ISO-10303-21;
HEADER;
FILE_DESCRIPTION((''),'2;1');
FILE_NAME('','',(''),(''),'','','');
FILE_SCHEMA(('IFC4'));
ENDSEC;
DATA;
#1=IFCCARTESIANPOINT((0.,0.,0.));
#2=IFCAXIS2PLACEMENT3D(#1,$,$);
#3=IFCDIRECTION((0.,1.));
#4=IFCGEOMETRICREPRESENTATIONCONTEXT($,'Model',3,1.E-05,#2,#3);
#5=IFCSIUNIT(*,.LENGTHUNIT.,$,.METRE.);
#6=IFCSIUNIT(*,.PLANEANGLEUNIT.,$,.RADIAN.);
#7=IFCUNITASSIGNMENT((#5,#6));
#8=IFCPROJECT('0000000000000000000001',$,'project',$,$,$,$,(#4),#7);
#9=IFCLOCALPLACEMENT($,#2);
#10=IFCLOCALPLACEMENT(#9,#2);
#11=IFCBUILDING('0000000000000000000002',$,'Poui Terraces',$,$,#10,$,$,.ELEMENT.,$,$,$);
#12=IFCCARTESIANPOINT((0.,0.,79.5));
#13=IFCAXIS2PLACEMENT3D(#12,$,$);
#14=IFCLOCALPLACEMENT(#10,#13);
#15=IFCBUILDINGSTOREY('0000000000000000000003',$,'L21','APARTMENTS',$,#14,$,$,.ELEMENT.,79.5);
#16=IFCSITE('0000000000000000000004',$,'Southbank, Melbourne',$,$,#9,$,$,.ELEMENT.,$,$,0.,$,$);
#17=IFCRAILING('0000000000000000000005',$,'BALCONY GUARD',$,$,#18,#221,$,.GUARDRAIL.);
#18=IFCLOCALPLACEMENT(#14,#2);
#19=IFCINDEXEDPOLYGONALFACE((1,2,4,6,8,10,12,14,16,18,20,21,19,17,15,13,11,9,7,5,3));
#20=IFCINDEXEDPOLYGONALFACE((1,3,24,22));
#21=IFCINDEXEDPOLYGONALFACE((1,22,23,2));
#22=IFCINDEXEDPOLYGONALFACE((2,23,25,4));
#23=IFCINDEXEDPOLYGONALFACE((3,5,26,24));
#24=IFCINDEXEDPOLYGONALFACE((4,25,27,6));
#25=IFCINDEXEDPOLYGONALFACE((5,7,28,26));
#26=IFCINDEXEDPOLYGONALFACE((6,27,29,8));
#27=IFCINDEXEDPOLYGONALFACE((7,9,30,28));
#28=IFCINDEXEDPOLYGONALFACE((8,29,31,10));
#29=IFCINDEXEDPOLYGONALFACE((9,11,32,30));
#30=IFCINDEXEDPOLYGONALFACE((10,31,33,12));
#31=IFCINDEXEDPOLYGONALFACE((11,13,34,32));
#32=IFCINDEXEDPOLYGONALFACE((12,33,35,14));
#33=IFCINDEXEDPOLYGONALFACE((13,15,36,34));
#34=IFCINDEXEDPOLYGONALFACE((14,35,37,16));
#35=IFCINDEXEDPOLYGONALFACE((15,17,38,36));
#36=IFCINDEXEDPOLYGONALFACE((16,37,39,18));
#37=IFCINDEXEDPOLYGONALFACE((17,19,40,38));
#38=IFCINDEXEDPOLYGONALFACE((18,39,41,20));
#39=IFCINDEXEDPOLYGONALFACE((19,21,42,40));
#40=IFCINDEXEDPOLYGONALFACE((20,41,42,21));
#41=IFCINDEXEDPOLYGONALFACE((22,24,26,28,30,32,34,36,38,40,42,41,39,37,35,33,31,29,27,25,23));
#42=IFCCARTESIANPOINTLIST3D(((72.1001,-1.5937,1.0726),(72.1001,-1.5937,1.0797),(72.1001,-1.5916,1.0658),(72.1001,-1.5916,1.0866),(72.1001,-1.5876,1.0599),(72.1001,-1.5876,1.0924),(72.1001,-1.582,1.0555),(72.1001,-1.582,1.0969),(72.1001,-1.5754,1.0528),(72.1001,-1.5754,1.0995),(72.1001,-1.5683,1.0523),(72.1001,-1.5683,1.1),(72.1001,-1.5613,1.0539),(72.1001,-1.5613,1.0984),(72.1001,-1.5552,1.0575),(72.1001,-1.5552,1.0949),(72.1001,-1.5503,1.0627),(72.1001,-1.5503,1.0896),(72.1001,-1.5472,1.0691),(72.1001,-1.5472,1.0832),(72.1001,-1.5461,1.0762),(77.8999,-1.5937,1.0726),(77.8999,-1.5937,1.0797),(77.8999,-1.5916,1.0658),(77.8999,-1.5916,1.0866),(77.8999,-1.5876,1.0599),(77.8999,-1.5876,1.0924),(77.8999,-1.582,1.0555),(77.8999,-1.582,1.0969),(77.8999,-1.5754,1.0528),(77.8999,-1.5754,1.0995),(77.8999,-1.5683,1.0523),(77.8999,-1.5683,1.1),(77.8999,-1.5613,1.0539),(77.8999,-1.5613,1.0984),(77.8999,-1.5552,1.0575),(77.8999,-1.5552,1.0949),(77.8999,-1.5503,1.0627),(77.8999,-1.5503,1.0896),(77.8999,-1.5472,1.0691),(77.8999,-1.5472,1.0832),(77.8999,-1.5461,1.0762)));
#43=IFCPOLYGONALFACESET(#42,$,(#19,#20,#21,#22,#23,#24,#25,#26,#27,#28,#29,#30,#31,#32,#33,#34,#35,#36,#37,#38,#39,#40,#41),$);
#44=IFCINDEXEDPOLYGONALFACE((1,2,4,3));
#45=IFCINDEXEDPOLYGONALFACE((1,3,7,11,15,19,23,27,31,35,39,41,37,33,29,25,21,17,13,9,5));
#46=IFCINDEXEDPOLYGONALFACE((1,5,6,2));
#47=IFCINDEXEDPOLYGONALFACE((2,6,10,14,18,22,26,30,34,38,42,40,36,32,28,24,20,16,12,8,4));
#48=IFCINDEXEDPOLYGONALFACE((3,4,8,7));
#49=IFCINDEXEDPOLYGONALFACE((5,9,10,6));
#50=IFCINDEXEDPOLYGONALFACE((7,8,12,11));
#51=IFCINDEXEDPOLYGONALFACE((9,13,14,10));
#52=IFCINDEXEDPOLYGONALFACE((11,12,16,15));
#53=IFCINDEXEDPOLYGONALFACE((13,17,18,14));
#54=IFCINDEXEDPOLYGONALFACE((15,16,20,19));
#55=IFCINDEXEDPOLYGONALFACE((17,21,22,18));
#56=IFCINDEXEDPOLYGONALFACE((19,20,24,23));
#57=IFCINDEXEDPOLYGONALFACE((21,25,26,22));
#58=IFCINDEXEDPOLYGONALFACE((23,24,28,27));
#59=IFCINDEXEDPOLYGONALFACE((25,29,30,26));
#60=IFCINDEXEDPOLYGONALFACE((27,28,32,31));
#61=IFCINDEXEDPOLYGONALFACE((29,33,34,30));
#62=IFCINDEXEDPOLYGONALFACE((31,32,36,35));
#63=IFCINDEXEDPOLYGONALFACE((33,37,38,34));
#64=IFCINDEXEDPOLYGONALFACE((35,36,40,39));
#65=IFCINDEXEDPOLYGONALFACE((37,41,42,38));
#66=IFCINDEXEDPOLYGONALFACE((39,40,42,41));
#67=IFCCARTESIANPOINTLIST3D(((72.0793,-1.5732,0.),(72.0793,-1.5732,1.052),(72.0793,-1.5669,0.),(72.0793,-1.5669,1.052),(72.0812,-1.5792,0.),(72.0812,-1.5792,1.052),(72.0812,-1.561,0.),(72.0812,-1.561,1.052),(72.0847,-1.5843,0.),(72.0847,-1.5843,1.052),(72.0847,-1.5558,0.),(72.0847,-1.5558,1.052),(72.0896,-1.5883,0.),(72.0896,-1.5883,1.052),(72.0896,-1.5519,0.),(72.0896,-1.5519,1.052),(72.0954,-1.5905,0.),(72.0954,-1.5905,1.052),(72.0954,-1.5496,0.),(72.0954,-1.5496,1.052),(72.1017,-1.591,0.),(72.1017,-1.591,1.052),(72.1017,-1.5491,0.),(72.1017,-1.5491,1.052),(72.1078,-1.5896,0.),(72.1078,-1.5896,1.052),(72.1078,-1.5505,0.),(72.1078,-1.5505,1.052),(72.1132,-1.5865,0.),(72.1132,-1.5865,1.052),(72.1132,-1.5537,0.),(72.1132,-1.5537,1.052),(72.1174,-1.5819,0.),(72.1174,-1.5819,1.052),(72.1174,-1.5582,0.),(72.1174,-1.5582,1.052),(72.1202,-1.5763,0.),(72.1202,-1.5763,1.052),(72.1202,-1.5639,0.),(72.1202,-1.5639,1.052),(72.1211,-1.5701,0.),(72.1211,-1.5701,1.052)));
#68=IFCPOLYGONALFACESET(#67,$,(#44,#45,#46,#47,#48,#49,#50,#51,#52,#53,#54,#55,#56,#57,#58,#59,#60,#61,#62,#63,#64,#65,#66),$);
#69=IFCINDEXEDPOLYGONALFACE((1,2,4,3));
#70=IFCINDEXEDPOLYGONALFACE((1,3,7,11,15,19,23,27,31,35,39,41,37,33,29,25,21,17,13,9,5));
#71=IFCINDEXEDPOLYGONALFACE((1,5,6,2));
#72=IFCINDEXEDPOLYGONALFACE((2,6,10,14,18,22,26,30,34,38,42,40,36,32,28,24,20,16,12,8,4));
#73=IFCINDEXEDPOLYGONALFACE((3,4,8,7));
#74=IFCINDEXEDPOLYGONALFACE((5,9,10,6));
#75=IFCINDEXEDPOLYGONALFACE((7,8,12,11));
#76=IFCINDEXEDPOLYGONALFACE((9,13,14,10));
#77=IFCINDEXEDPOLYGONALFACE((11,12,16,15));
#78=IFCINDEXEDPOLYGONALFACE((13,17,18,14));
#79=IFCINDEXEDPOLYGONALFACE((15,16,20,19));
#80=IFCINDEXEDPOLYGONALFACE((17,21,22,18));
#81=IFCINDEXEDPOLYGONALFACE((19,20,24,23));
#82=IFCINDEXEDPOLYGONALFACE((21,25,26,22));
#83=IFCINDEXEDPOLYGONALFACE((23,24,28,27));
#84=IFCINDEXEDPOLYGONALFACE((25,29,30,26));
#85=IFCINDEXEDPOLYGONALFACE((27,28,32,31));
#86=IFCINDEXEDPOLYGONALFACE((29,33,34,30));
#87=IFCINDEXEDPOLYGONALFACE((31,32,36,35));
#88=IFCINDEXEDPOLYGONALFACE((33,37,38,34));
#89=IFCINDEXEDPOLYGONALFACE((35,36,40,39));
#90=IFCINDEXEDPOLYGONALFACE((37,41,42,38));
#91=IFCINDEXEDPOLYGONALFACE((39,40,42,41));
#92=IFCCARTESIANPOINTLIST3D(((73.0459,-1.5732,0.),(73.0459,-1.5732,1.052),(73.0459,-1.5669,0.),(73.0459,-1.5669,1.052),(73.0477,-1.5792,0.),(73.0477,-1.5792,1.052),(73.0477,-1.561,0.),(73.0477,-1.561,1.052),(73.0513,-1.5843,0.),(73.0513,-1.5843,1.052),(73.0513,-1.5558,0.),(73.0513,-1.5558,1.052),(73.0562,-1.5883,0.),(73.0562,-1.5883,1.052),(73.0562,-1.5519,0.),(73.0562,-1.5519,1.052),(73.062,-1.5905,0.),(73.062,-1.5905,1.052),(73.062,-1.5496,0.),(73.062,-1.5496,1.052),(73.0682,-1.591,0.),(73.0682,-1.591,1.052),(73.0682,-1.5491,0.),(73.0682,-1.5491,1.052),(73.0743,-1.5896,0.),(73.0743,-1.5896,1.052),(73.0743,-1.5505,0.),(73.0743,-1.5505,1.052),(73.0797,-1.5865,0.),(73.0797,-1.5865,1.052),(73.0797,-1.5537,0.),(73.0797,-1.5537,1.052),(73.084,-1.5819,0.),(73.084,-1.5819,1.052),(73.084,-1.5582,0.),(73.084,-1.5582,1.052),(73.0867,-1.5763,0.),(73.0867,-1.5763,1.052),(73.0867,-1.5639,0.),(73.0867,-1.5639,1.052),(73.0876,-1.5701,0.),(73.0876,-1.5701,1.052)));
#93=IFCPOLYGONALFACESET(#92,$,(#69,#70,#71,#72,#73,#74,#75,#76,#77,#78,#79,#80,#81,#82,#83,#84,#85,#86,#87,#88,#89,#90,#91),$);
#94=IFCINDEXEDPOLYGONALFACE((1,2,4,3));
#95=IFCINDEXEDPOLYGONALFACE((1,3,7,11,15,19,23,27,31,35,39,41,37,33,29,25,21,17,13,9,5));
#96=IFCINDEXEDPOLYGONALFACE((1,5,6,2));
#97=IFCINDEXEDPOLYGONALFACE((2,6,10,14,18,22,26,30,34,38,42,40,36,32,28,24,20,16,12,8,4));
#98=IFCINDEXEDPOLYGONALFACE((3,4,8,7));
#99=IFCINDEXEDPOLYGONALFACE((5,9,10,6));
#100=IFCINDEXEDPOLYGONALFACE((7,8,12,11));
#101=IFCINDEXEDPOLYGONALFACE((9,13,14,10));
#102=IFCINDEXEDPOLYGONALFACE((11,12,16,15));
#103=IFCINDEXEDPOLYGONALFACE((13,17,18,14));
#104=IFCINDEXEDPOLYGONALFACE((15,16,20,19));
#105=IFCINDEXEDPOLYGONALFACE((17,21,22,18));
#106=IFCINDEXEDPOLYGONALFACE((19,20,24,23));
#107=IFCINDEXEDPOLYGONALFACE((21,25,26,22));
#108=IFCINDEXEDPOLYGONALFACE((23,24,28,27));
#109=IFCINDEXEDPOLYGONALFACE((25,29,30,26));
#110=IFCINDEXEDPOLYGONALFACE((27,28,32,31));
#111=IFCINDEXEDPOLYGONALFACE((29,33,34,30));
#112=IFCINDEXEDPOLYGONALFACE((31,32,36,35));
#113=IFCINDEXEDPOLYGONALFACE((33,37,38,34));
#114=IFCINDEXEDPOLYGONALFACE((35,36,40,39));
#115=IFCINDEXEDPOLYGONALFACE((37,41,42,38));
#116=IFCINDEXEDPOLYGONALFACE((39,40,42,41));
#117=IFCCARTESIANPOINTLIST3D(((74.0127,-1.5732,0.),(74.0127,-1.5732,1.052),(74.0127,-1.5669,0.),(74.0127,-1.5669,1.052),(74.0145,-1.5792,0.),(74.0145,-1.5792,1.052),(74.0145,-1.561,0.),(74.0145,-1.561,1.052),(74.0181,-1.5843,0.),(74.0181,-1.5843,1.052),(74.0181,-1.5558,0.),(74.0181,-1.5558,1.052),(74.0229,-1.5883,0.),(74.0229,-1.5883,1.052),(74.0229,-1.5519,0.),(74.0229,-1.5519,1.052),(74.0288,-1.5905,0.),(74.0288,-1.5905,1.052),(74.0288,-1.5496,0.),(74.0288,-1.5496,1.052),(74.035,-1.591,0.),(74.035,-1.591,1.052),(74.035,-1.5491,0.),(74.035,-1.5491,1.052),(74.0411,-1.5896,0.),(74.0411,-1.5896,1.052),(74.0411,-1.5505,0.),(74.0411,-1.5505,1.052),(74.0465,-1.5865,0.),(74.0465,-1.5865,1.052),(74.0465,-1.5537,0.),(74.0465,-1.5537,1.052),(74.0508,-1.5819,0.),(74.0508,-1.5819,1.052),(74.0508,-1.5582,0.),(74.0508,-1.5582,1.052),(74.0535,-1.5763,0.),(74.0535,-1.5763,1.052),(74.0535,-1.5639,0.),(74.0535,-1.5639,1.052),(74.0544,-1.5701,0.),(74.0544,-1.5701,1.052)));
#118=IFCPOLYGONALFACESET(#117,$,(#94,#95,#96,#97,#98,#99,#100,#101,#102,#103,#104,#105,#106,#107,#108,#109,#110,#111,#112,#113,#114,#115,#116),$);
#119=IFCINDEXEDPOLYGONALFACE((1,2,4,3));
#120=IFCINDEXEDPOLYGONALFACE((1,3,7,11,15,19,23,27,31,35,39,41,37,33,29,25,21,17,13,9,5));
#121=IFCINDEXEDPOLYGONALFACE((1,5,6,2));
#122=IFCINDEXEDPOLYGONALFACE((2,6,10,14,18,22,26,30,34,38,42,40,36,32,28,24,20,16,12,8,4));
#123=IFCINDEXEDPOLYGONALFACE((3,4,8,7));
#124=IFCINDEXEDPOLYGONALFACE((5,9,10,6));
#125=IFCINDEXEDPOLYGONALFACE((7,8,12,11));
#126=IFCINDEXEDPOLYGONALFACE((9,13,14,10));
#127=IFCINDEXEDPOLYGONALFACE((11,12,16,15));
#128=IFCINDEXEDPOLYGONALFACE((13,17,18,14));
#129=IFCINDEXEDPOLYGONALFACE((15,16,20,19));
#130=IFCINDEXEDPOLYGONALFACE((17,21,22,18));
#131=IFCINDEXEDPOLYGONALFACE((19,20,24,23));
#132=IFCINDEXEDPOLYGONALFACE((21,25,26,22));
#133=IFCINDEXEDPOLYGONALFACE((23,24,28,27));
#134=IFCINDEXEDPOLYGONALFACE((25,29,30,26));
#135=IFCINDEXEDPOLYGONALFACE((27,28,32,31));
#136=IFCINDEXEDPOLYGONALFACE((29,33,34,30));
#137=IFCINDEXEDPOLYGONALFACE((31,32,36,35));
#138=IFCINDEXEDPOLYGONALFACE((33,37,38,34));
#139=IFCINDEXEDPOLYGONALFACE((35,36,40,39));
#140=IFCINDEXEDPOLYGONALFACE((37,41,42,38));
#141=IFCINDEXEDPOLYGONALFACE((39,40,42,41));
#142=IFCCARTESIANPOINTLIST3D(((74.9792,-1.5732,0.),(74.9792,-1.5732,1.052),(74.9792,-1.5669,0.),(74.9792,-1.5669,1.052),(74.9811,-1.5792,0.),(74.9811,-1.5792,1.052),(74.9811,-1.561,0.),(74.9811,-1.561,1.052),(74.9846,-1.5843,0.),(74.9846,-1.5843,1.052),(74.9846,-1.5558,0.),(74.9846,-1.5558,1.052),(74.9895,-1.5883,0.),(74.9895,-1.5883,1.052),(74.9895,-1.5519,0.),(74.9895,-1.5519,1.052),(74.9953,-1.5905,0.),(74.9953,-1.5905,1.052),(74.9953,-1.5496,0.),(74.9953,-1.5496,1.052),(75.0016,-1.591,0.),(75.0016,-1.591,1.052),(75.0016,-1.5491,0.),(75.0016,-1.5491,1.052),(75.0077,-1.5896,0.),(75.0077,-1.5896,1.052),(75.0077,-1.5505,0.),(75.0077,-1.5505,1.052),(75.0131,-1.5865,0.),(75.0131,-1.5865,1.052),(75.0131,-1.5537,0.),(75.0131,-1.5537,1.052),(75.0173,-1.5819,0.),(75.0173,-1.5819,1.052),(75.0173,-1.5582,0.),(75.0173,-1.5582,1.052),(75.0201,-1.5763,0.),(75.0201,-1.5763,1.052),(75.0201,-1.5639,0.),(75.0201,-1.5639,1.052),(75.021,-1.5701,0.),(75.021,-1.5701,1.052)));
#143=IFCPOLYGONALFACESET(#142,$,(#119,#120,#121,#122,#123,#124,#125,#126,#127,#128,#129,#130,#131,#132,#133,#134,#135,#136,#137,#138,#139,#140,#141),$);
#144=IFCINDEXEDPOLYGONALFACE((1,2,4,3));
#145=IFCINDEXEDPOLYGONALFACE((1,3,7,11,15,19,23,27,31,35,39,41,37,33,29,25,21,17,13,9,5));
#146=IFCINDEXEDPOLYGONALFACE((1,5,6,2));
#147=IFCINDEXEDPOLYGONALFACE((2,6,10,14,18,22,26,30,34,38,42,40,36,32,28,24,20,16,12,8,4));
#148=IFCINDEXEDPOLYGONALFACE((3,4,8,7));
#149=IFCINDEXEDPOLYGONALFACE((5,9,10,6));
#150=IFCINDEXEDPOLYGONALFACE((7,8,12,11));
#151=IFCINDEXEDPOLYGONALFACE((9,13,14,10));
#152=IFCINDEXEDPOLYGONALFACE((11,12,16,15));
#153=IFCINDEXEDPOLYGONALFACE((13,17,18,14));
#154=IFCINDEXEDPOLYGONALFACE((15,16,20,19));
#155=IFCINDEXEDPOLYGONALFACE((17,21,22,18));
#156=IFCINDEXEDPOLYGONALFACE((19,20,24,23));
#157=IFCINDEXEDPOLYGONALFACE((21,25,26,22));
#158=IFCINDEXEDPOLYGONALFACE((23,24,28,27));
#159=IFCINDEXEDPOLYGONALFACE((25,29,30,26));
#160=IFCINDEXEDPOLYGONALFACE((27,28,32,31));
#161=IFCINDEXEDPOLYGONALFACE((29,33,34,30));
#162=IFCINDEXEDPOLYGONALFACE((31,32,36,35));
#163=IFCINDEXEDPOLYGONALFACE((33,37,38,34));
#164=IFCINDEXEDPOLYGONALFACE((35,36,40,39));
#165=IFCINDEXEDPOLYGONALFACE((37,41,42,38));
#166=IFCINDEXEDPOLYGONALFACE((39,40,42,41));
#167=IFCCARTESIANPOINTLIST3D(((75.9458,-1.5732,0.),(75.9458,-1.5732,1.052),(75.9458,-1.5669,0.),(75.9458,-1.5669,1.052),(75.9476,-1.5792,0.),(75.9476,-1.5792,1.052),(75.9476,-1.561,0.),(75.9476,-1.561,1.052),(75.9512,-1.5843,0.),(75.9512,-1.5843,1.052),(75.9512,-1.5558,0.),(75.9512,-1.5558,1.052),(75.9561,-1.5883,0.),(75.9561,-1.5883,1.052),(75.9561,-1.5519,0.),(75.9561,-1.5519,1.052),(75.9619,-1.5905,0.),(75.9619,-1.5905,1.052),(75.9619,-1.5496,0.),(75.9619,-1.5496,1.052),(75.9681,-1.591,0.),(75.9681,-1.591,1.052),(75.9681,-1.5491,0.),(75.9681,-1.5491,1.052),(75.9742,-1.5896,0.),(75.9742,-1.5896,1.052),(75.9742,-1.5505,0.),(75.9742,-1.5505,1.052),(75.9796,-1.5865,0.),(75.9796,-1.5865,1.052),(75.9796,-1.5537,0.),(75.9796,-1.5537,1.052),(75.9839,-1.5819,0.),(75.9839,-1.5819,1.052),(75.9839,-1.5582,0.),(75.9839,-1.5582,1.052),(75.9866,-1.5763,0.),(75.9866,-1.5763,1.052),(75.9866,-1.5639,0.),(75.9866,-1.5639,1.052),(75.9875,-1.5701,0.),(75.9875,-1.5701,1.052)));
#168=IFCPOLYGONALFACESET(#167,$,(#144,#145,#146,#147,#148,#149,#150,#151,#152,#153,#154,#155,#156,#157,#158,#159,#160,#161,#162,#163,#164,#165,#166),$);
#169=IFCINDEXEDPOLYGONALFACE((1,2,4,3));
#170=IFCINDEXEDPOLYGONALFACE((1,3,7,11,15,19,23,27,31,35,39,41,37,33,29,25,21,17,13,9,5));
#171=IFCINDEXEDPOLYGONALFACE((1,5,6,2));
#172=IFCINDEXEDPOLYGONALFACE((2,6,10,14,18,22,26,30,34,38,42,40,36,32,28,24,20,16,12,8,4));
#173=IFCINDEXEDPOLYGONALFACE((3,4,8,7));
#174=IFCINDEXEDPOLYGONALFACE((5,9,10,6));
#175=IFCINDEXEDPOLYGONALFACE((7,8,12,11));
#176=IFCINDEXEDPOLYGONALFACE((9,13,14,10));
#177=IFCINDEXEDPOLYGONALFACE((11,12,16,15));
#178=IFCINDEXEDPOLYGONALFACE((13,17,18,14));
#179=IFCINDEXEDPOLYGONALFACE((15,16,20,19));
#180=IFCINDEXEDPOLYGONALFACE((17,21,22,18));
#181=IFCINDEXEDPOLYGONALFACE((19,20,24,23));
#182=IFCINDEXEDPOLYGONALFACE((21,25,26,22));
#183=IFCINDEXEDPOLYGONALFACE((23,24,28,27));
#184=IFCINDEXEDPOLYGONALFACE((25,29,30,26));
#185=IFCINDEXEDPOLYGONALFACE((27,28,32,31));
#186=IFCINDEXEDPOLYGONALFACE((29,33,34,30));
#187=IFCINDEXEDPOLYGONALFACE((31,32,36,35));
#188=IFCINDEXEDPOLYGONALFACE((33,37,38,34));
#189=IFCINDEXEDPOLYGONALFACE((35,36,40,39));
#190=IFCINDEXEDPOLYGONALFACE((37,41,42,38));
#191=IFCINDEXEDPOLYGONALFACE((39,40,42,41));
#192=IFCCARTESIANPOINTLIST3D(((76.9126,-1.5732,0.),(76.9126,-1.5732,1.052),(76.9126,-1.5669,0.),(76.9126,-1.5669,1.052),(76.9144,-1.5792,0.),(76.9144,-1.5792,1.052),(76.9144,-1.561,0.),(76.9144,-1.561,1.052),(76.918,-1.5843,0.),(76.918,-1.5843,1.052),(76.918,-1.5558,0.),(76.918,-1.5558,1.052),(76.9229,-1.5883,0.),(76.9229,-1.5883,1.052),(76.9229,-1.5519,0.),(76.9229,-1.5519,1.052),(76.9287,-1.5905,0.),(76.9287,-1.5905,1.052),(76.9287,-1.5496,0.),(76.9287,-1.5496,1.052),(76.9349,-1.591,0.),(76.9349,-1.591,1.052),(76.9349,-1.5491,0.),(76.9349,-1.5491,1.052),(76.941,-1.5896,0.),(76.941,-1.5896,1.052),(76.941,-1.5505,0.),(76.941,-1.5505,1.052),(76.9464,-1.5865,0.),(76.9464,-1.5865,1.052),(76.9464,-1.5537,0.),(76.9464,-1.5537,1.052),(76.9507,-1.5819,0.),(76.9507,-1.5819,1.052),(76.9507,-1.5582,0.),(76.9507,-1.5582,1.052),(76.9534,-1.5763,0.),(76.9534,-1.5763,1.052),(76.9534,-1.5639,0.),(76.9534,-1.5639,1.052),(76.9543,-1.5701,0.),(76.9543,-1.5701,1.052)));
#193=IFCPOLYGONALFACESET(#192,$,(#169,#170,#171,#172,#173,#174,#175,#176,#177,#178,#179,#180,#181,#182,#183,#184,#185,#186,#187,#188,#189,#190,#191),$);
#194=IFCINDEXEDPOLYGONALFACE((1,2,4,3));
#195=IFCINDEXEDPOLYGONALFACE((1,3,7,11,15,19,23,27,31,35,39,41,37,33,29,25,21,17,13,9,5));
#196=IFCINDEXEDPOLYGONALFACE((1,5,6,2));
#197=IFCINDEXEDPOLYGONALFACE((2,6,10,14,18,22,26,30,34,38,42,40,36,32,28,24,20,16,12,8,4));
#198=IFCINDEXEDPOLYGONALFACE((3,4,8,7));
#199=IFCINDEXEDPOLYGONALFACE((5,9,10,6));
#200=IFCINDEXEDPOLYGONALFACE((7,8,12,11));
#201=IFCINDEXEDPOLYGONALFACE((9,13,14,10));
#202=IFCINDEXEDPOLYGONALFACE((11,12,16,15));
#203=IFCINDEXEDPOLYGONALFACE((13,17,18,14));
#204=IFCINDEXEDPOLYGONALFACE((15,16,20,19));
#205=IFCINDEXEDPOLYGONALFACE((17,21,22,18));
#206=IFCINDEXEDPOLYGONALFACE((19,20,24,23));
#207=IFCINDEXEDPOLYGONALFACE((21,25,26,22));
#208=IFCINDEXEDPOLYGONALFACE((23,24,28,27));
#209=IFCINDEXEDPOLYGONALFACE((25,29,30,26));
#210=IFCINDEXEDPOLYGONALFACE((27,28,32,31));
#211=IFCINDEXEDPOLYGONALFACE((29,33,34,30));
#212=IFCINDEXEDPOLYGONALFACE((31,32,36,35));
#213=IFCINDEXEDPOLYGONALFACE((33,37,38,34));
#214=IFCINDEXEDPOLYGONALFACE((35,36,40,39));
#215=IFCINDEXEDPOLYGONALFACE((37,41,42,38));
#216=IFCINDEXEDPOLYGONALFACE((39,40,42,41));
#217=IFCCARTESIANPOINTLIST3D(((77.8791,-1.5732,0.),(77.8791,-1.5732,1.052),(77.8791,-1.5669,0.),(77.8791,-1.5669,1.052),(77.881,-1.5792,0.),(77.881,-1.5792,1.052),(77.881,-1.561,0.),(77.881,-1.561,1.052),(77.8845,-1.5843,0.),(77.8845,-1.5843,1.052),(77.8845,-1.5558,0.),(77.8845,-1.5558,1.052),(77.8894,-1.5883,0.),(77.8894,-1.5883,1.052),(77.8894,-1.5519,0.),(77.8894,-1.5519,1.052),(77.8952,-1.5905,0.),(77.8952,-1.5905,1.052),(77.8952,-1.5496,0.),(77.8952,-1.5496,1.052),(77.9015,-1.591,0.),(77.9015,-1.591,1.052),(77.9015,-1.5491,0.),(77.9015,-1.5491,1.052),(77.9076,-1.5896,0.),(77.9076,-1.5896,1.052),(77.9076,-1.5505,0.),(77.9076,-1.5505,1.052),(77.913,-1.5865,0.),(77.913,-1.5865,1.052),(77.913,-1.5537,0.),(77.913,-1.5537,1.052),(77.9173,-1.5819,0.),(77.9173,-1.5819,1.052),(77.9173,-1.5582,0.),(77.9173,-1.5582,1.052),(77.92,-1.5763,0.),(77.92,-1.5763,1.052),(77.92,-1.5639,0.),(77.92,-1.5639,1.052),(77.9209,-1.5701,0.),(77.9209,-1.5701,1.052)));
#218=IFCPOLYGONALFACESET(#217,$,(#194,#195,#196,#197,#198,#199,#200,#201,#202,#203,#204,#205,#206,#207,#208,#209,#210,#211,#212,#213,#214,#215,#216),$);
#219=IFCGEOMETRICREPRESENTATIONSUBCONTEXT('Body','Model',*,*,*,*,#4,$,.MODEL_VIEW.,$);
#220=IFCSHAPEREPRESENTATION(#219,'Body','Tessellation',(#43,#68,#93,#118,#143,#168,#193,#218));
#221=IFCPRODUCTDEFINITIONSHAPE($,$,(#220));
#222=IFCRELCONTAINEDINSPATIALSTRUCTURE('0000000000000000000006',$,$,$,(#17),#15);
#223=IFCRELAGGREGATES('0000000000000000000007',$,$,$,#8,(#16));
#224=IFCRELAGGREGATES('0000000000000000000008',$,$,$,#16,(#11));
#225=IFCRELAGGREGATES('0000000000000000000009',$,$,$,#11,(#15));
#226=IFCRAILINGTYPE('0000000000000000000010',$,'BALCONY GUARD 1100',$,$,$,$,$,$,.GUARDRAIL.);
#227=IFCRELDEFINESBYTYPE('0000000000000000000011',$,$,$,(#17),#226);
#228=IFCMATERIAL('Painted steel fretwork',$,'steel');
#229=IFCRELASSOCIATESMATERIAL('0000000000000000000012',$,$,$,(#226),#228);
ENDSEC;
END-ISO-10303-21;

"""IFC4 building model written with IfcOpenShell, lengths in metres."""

from ifc_helpers import new_model, si_unit, direction, frame, origin, origin_2d, place, context, subcontext, project, spatial, circle, extrude, material, type_object, element, save


model = new_model("IFC4")

# Units and contexts
model_context = context("Model", 3, precision=1e-05, world=origin(), true_north=direction((0.0, 1.0)))
body_context = subcontext(model_context, "Body", "Model", "MODEL_VIEW")
ifc_project = project(units=[si_unit("LENGTHUNIT", "METRE"), si_unit("PLANEANGLEUNIT", "RADIAN")], contexts=[model_context])

# Site, building, storey
site_placement = place(None, origin())
site = spatial("IfcSite", under=ifc_project, at=site_placement, Name="Southbank, Melbourne", CompositionType="ELEMENT", RefElevation=0.0)
building_placement = place(site_placement, origin())
building = spatial("IfcBuilding", under=site, at=building_placement, Name="Poui Terraces", CompositionType="ELEMENT")
storey_placement = place(building_placement, frame((0.0, 0.0, 79.5)))
storey = spatial("IfcBuildingStorey", under=building, at=storey_placement, Name="L21", Description="APARTMENTS", CompositionType="ELEMENT", Elevation=79.5)

# Railing
ifc_material_1 = material(Name="Painted steel fretwork", Category="steel")
railing_type_1 = type_object("IfcRailingType", Name="BALCONY GUARD 1100", PredefinedType="GUARDRAIL", material=ifc_material_1)
railing_1_placement = place(storey_placement, frame((72.1001, -1.5701, 0.0)))
element("IfcRailing", 1, at=railing_1_placement, inside=storey, type_object=railing_type_1, Name="BALCONY GUARD", PredefinedType="GUARDRAIL", context=body_context, shape_type="SweptSolid", body=[
    extrude(circle(Radius=0.0239, at=origin_2d()), frame((0.0, 0.0, 1.0762), z_axis=(1.0, 0.0, 0.0), x_axis=(0.0, 1.0, 0.0)), (0.0, 0.0, 1.0), 5.7998),
    extrude(circle(Radius=0.021, at=origin_2d()), origin(), (0.0, 0.0, 1.0), 1.052),
    extrude(circle(Radius=0.021, at=origin_2d()), frame((0.9666, 0.0, 0.0)), (0.0, 0.0, 1.0), 1.052),
    extrude(circle(Radius=0.021, at=origin_2d()), frame((1.9333, 0.0, 0.0)), (0.0, 0.0, 1.0), 1.052),
    extrude(circle(Radius=0.021, at=origin_2d()), frame((2.8999, 0.0, 0.0)), (0.0, 0.0, 1.0), 1.052),
    extrude(circle(Radius=0.021, at=origin_2d()), frame((3.8665, 0.0, 0.0)), (0.0, 0.0, 1.0), 1.052),
    extrude(circle(Radius=0.021, at=origin_2d()), frame((4.8333, 0.0, 0.0)), (0.0, 0.0, 1.0), 1.052),
    extrude(circle(Radius=0.021, at=origin_2d()), frame((5.7998, 0.0, 0.0)), (0.0, 0.0, 1.0), 1.052),
])

save(model, "model.ifc")
